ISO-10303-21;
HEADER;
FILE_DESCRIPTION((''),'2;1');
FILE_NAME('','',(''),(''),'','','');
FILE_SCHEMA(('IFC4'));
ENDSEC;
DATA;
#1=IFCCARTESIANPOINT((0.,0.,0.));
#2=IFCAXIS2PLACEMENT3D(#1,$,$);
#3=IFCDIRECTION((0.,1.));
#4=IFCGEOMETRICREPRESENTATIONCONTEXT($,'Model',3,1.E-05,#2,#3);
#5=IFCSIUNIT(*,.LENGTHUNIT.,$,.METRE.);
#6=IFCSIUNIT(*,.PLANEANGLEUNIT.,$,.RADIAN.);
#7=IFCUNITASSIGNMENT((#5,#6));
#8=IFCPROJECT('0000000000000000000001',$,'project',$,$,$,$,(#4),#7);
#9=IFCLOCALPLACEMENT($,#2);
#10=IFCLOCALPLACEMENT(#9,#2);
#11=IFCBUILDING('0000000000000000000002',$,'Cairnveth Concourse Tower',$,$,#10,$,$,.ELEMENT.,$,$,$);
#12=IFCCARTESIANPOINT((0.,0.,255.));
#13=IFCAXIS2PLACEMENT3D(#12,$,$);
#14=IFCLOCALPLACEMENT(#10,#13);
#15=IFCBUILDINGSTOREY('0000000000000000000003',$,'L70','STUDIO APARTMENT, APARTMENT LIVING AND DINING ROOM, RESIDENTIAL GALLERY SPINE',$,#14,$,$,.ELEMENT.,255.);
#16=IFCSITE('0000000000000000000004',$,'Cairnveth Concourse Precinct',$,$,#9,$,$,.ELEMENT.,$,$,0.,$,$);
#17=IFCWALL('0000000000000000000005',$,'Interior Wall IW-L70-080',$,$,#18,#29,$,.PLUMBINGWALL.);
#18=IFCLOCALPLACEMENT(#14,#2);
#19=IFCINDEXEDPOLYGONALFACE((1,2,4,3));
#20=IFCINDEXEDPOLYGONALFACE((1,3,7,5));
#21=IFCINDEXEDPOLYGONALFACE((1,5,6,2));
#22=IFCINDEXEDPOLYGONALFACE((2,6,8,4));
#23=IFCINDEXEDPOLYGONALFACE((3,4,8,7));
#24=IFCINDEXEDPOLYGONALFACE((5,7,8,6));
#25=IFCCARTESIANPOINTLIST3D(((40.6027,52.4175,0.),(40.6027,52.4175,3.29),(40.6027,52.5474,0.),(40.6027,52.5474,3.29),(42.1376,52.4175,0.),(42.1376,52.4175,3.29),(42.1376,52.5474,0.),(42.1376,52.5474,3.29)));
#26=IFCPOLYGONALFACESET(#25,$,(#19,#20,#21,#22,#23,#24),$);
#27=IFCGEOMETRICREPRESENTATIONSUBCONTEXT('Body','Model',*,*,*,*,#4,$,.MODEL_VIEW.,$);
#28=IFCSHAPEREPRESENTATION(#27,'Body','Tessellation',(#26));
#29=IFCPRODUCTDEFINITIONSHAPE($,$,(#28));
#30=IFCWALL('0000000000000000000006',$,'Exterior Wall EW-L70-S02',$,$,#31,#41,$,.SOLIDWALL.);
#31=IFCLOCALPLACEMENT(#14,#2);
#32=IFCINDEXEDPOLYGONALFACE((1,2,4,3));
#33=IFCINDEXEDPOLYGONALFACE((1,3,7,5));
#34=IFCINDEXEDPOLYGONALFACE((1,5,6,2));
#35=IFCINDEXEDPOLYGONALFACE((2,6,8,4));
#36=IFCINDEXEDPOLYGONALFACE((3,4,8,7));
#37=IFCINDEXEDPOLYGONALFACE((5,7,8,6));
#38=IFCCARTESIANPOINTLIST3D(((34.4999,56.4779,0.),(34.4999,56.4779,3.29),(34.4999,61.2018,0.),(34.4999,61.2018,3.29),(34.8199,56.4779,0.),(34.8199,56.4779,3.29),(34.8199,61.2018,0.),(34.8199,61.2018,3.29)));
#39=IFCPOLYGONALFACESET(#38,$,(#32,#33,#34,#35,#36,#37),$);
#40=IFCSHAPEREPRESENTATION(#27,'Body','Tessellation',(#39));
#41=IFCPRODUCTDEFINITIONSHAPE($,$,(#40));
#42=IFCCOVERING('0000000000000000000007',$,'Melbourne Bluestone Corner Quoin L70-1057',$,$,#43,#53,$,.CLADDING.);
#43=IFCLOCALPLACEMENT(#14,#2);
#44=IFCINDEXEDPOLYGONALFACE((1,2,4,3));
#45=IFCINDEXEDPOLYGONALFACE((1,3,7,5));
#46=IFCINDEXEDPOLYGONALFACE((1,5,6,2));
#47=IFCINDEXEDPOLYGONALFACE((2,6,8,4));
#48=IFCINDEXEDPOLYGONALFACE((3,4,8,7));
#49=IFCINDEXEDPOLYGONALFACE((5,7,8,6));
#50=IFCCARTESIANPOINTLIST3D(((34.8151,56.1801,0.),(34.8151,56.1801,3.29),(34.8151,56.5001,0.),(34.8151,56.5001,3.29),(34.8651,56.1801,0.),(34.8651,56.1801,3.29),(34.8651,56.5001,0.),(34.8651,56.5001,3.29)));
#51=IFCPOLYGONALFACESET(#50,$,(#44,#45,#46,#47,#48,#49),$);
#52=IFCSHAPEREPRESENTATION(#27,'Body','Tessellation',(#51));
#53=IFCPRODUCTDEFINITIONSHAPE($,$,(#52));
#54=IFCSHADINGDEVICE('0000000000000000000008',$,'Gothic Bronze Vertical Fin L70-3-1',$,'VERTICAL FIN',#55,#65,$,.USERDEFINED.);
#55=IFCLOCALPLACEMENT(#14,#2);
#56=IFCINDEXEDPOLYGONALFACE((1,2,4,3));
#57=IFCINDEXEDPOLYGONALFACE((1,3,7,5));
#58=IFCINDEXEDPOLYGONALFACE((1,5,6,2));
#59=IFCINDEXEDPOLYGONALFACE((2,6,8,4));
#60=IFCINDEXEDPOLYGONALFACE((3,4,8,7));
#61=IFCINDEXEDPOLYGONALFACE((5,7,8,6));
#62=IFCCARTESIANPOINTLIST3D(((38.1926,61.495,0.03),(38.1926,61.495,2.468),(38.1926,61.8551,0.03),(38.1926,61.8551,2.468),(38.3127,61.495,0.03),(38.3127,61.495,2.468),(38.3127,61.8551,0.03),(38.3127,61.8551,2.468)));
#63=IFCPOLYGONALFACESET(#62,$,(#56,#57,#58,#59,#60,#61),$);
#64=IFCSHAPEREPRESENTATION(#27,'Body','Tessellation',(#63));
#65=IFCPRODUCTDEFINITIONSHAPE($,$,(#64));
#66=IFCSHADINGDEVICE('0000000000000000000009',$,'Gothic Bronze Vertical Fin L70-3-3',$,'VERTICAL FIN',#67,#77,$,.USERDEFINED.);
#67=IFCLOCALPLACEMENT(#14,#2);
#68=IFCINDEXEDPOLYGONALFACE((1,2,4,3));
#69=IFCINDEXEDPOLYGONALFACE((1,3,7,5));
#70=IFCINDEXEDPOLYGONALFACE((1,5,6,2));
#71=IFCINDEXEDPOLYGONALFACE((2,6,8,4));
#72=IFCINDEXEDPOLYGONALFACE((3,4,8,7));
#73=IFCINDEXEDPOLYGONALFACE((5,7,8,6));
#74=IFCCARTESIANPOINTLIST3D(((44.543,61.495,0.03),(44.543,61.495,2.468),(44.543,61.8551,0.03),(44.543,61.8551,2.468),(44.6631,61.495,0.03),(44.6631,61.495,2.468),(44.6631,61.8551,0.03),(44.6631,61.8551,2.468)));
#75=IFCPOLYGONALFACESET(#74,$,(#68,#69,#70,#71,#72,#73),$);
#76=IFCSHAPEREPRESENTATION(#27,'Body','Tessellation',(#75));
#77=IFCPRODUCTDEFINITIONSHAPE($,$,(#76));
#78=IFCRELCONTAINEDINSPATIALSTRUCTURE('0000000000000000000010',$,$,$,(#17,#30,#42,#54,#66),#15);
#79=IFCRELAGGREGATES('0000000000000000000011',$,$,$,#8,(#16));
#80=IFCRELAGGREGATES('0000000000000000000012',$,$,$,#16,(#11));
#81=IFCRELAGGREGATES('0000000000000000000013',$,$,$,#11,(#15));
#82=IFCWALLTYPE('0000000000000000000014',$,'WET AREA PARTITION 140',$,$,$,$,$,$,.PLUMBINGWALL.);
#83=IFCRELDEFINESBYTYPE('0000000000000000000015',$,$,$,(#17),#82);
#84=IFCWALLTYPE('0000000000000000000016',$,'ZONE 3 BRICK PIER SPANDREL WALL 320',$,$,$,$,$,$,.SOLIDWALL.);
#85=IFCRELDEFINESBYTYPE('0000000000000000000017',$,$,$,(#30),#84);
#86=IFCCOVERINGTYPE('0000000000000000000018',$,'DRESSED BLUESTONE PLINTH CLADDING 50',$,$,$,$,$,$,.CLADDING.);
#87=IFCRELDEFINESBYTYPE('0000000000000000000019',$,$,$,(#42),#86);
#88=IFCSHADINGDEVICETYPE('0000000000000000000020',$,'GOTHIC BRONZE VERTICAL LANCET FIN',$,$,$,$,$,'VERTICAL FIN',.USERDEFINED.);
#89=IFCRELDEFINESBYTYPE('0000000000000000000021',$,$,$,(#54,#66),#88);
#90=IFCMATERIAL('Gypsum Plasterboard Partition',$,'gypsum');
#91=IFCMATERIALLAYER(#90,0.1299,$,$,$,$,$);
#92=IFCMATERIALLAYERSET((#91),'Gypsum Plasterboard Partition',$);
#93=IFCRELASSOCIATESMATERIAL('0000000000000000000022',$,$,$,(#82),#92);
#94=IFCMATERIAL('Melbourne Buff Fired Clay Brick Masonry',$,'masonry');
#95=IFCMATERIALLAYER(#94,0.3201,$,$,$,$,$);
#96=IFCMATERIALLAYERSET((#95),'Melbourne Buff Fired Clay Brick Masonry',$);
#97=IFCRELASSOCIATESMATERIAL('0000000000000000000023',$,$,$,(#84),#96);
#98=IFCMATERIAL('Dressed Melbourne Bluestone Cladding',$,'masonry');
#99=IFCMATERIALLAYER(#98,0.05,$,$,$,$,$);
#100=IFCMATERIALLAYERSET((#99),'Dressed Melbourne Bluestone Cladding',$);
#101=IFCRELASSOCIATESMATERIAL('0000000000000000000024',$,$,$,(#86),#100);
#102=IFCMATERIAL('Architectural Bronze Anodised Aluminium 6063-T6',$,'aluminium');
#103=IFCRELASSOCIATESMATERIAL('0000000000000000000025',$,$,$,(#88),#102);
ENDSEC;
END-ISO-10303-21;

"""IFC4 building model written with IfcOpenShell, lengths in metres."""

from ifc_helpers import new_model, si_unit, direction, frame, frame_2d, origin, origin_2d, place, context, subcontext, project, spatial, rectangle, extrude, material, layer, layer_set, type_object, element, save


model = new_model("IFC4")

# Units and contexts
model_context = context("Model", 3, precision=1e-05, world=origin(), true_north=direction((0.0, 1.0)))
body_context = subcontext(model_context, "Body", "Model", "MODEL_VIEW")
ifc_project = project(units=[si_unit("LENGTHUNIT", "METRE"), si_unit("PLANEANGLEUNIT", "RADIAN")], contexts=[model_context])

# Site, building, storey
site_placement = place(None, origin())
site = spatial("IfcSite", under=ifc_project, at=site_placement, Name="Cairnveth Concourse Precinct", CompositionType="ELEMENT", RefElevation=0.0)
building_placement = place(site_placement, origin())
building = spatial("IfcBuilding", under=site, at=building_placement, Name="Cairnveth Concourse Tower", CompositionType="ELEMENT")
storey_placement = place(building_placement, frame((0.0, 0.0, 255.0)))
storey = spatial("IfcBuildingStorey", under=building, at=storey_placement, Name="L70", Description="STUDIO APARTMENT, APARTMENT LIVING AND DINING ROOM, RESIDENTIAL GALLERY SPINE", CompositionType="ELEMENT", Elevation=255.0)

# Shared definitions
ifc_material_1 = material(Name="Gypsum Plasterboard Partition", Category="gypsum")

# Shared definitions
ifc_layer_1 = layer(ifc_material_1, 0.1299)
ifc_layer_set_1 = layer_set([ifc_layer_1], Name="Gypsum Plasterboard Partition")
wall_type_1 = type_object("IfcWallType", Name="WET AREA PARTITION 140", PredefinedType="PLUMBINGWALL", material=ifc_layer_set_1)

# Walls
wall_1_placement = place(storey_placement, frame((40.6025, 52.4824, 0.0), z_axis=(0.0, 0.0, 1.0), x_axis=(1.0, 0.0, 0.0)))
element("IfcWall", 1, at=wall_1_placement, inside=storey, type_object=wall_type_1, Name="Interior Wall IW-L70-080", PredefinedType="PLUMBINGWALL", context=body_context, shape_type="SweptSolid", body=[
    extrude(rectangle(XDim=1.5349, YDim=0.1299, at=frame_2d((0.7676, 0.0))), origin(), (0.0, 0.0, 1.0), 3.29),
])
ifc_material_2 = material(Name="Melbourne Buff Fired Clay Brick Masonry", Category="masonry")
ifc_layer_2 = layer(ifc_material_2, 0.3201)
ifc_layer_set_2 = layer_set([ifc_layer_2], Name="Melbourne Buff Fired Clay Brick Masonry")
wall_type_2 = type_object("IfcWallType", Name="ZONE 3 BRICK PIER SPANDREL WALL 320", PredefinedType="SOLIDWALL", material=ifc_layer_set_2)
wall_2_placement = place(storey_placement, frame((34.6599, 56.478, 0.0), z_axis=(0.0, 0.0, 1.0), x_axis=(0.0, 1.0, 0.0)))
element("IfcWall", 2, at=wall_2_placement, inside=storey, type_object=wall_type_2, Name="Exterior Wall EW-L70-S02", PredefinedType="SOLIDWALL", context=body_context, shape_type="SweptSolid", body=[
    extrude(rectangle(XDim=4.7239, YDim=0.3201, at=frame_2d((2.3618, 0.0))), origin(), (0.0, 0.0, 1.0), 3.29),
])

# Covering
ifc_material_3 = material(Name="Dressed Melbourne Bluestone Cladding", Category="masonry")
ifc_layer_3 = layer(ifc_material_3, 0.05)
ifc_layer_set_3 = layer_set([ifc_layer_3], Name="Dressed Melbourne Bluestone Cladding")
covering_type = type_object("IfcCoveringType", Name="DRESSED BLUESTONE PLINTH CLADDING 50", PredefinedType="CLADDING", material=ifc_layer_set_3)
covering_placement = place(storey_placement, frame((34.8401, 56.1799, 0.0), z_axis=(0.0, 0.0, 1.0), x_axis=(0.0, 1.0, 0.0)))
element("IfcCovering", 3, at=covering_placement, inside=storey, type_object=covering_type, Name="Melbourne Bluestone Corner Quoin L70-1057", PredefinedType="CLADDING", context=body_context, shape_type="SweptSolid", body=[
    extrude(rectangle(XDim=0.3201, YDim=0.05, at=frame_2d((0.1602, 0.0))), origin(), (0.0, 0.0, 1.0), 3.29),
])

# Shading devices
ifc_material_4 = material(Name="Architectural Bronze Anodised Aluminium 6063-T6", Category="aluminium")
shading_device_type = type_object("IfcShadingDeviceType", Name="GOTHIC BRONZE VERTICAL LANCET FIN", ElementType="VERTICAL FIN", PredefinedType="USERDEFINED", material=ifc_material_4)
for number, where, z_axis, x_axis, name in (
    (4, (38.2527, 61.675, 0.03), (0.0, 0.0, 1.0), (1.0, 0.0, 0.0), "Gothic Bronze Vertical Fin L70-3-1"),
    (5, (44.603, 61.675, 0.03), (0.0, 0.0, 1.0), (1.0, 0.0, 0.0), "Gothic Bronze Vertical Fin L70-3-3"),
):
    element("IfcShadingDevice", number, at=place(storey_placement, frame(where, z_axis=z_axis, x_axis=x_axis)), inside=storey, type_object=shading_device_type, Name=name, ObjectType="VERTICAL FIN", PredefinedType="USERDEFINED", context=body_context, shape_type="SweptSolid", body=[
        extrude(rectangle(XDim=0.1201, YDim=0.3601, at=origin_2d()), origin(), (0.0, 0.0, 1.0), 2.438),
    ])

save(model, "model.ifc")
